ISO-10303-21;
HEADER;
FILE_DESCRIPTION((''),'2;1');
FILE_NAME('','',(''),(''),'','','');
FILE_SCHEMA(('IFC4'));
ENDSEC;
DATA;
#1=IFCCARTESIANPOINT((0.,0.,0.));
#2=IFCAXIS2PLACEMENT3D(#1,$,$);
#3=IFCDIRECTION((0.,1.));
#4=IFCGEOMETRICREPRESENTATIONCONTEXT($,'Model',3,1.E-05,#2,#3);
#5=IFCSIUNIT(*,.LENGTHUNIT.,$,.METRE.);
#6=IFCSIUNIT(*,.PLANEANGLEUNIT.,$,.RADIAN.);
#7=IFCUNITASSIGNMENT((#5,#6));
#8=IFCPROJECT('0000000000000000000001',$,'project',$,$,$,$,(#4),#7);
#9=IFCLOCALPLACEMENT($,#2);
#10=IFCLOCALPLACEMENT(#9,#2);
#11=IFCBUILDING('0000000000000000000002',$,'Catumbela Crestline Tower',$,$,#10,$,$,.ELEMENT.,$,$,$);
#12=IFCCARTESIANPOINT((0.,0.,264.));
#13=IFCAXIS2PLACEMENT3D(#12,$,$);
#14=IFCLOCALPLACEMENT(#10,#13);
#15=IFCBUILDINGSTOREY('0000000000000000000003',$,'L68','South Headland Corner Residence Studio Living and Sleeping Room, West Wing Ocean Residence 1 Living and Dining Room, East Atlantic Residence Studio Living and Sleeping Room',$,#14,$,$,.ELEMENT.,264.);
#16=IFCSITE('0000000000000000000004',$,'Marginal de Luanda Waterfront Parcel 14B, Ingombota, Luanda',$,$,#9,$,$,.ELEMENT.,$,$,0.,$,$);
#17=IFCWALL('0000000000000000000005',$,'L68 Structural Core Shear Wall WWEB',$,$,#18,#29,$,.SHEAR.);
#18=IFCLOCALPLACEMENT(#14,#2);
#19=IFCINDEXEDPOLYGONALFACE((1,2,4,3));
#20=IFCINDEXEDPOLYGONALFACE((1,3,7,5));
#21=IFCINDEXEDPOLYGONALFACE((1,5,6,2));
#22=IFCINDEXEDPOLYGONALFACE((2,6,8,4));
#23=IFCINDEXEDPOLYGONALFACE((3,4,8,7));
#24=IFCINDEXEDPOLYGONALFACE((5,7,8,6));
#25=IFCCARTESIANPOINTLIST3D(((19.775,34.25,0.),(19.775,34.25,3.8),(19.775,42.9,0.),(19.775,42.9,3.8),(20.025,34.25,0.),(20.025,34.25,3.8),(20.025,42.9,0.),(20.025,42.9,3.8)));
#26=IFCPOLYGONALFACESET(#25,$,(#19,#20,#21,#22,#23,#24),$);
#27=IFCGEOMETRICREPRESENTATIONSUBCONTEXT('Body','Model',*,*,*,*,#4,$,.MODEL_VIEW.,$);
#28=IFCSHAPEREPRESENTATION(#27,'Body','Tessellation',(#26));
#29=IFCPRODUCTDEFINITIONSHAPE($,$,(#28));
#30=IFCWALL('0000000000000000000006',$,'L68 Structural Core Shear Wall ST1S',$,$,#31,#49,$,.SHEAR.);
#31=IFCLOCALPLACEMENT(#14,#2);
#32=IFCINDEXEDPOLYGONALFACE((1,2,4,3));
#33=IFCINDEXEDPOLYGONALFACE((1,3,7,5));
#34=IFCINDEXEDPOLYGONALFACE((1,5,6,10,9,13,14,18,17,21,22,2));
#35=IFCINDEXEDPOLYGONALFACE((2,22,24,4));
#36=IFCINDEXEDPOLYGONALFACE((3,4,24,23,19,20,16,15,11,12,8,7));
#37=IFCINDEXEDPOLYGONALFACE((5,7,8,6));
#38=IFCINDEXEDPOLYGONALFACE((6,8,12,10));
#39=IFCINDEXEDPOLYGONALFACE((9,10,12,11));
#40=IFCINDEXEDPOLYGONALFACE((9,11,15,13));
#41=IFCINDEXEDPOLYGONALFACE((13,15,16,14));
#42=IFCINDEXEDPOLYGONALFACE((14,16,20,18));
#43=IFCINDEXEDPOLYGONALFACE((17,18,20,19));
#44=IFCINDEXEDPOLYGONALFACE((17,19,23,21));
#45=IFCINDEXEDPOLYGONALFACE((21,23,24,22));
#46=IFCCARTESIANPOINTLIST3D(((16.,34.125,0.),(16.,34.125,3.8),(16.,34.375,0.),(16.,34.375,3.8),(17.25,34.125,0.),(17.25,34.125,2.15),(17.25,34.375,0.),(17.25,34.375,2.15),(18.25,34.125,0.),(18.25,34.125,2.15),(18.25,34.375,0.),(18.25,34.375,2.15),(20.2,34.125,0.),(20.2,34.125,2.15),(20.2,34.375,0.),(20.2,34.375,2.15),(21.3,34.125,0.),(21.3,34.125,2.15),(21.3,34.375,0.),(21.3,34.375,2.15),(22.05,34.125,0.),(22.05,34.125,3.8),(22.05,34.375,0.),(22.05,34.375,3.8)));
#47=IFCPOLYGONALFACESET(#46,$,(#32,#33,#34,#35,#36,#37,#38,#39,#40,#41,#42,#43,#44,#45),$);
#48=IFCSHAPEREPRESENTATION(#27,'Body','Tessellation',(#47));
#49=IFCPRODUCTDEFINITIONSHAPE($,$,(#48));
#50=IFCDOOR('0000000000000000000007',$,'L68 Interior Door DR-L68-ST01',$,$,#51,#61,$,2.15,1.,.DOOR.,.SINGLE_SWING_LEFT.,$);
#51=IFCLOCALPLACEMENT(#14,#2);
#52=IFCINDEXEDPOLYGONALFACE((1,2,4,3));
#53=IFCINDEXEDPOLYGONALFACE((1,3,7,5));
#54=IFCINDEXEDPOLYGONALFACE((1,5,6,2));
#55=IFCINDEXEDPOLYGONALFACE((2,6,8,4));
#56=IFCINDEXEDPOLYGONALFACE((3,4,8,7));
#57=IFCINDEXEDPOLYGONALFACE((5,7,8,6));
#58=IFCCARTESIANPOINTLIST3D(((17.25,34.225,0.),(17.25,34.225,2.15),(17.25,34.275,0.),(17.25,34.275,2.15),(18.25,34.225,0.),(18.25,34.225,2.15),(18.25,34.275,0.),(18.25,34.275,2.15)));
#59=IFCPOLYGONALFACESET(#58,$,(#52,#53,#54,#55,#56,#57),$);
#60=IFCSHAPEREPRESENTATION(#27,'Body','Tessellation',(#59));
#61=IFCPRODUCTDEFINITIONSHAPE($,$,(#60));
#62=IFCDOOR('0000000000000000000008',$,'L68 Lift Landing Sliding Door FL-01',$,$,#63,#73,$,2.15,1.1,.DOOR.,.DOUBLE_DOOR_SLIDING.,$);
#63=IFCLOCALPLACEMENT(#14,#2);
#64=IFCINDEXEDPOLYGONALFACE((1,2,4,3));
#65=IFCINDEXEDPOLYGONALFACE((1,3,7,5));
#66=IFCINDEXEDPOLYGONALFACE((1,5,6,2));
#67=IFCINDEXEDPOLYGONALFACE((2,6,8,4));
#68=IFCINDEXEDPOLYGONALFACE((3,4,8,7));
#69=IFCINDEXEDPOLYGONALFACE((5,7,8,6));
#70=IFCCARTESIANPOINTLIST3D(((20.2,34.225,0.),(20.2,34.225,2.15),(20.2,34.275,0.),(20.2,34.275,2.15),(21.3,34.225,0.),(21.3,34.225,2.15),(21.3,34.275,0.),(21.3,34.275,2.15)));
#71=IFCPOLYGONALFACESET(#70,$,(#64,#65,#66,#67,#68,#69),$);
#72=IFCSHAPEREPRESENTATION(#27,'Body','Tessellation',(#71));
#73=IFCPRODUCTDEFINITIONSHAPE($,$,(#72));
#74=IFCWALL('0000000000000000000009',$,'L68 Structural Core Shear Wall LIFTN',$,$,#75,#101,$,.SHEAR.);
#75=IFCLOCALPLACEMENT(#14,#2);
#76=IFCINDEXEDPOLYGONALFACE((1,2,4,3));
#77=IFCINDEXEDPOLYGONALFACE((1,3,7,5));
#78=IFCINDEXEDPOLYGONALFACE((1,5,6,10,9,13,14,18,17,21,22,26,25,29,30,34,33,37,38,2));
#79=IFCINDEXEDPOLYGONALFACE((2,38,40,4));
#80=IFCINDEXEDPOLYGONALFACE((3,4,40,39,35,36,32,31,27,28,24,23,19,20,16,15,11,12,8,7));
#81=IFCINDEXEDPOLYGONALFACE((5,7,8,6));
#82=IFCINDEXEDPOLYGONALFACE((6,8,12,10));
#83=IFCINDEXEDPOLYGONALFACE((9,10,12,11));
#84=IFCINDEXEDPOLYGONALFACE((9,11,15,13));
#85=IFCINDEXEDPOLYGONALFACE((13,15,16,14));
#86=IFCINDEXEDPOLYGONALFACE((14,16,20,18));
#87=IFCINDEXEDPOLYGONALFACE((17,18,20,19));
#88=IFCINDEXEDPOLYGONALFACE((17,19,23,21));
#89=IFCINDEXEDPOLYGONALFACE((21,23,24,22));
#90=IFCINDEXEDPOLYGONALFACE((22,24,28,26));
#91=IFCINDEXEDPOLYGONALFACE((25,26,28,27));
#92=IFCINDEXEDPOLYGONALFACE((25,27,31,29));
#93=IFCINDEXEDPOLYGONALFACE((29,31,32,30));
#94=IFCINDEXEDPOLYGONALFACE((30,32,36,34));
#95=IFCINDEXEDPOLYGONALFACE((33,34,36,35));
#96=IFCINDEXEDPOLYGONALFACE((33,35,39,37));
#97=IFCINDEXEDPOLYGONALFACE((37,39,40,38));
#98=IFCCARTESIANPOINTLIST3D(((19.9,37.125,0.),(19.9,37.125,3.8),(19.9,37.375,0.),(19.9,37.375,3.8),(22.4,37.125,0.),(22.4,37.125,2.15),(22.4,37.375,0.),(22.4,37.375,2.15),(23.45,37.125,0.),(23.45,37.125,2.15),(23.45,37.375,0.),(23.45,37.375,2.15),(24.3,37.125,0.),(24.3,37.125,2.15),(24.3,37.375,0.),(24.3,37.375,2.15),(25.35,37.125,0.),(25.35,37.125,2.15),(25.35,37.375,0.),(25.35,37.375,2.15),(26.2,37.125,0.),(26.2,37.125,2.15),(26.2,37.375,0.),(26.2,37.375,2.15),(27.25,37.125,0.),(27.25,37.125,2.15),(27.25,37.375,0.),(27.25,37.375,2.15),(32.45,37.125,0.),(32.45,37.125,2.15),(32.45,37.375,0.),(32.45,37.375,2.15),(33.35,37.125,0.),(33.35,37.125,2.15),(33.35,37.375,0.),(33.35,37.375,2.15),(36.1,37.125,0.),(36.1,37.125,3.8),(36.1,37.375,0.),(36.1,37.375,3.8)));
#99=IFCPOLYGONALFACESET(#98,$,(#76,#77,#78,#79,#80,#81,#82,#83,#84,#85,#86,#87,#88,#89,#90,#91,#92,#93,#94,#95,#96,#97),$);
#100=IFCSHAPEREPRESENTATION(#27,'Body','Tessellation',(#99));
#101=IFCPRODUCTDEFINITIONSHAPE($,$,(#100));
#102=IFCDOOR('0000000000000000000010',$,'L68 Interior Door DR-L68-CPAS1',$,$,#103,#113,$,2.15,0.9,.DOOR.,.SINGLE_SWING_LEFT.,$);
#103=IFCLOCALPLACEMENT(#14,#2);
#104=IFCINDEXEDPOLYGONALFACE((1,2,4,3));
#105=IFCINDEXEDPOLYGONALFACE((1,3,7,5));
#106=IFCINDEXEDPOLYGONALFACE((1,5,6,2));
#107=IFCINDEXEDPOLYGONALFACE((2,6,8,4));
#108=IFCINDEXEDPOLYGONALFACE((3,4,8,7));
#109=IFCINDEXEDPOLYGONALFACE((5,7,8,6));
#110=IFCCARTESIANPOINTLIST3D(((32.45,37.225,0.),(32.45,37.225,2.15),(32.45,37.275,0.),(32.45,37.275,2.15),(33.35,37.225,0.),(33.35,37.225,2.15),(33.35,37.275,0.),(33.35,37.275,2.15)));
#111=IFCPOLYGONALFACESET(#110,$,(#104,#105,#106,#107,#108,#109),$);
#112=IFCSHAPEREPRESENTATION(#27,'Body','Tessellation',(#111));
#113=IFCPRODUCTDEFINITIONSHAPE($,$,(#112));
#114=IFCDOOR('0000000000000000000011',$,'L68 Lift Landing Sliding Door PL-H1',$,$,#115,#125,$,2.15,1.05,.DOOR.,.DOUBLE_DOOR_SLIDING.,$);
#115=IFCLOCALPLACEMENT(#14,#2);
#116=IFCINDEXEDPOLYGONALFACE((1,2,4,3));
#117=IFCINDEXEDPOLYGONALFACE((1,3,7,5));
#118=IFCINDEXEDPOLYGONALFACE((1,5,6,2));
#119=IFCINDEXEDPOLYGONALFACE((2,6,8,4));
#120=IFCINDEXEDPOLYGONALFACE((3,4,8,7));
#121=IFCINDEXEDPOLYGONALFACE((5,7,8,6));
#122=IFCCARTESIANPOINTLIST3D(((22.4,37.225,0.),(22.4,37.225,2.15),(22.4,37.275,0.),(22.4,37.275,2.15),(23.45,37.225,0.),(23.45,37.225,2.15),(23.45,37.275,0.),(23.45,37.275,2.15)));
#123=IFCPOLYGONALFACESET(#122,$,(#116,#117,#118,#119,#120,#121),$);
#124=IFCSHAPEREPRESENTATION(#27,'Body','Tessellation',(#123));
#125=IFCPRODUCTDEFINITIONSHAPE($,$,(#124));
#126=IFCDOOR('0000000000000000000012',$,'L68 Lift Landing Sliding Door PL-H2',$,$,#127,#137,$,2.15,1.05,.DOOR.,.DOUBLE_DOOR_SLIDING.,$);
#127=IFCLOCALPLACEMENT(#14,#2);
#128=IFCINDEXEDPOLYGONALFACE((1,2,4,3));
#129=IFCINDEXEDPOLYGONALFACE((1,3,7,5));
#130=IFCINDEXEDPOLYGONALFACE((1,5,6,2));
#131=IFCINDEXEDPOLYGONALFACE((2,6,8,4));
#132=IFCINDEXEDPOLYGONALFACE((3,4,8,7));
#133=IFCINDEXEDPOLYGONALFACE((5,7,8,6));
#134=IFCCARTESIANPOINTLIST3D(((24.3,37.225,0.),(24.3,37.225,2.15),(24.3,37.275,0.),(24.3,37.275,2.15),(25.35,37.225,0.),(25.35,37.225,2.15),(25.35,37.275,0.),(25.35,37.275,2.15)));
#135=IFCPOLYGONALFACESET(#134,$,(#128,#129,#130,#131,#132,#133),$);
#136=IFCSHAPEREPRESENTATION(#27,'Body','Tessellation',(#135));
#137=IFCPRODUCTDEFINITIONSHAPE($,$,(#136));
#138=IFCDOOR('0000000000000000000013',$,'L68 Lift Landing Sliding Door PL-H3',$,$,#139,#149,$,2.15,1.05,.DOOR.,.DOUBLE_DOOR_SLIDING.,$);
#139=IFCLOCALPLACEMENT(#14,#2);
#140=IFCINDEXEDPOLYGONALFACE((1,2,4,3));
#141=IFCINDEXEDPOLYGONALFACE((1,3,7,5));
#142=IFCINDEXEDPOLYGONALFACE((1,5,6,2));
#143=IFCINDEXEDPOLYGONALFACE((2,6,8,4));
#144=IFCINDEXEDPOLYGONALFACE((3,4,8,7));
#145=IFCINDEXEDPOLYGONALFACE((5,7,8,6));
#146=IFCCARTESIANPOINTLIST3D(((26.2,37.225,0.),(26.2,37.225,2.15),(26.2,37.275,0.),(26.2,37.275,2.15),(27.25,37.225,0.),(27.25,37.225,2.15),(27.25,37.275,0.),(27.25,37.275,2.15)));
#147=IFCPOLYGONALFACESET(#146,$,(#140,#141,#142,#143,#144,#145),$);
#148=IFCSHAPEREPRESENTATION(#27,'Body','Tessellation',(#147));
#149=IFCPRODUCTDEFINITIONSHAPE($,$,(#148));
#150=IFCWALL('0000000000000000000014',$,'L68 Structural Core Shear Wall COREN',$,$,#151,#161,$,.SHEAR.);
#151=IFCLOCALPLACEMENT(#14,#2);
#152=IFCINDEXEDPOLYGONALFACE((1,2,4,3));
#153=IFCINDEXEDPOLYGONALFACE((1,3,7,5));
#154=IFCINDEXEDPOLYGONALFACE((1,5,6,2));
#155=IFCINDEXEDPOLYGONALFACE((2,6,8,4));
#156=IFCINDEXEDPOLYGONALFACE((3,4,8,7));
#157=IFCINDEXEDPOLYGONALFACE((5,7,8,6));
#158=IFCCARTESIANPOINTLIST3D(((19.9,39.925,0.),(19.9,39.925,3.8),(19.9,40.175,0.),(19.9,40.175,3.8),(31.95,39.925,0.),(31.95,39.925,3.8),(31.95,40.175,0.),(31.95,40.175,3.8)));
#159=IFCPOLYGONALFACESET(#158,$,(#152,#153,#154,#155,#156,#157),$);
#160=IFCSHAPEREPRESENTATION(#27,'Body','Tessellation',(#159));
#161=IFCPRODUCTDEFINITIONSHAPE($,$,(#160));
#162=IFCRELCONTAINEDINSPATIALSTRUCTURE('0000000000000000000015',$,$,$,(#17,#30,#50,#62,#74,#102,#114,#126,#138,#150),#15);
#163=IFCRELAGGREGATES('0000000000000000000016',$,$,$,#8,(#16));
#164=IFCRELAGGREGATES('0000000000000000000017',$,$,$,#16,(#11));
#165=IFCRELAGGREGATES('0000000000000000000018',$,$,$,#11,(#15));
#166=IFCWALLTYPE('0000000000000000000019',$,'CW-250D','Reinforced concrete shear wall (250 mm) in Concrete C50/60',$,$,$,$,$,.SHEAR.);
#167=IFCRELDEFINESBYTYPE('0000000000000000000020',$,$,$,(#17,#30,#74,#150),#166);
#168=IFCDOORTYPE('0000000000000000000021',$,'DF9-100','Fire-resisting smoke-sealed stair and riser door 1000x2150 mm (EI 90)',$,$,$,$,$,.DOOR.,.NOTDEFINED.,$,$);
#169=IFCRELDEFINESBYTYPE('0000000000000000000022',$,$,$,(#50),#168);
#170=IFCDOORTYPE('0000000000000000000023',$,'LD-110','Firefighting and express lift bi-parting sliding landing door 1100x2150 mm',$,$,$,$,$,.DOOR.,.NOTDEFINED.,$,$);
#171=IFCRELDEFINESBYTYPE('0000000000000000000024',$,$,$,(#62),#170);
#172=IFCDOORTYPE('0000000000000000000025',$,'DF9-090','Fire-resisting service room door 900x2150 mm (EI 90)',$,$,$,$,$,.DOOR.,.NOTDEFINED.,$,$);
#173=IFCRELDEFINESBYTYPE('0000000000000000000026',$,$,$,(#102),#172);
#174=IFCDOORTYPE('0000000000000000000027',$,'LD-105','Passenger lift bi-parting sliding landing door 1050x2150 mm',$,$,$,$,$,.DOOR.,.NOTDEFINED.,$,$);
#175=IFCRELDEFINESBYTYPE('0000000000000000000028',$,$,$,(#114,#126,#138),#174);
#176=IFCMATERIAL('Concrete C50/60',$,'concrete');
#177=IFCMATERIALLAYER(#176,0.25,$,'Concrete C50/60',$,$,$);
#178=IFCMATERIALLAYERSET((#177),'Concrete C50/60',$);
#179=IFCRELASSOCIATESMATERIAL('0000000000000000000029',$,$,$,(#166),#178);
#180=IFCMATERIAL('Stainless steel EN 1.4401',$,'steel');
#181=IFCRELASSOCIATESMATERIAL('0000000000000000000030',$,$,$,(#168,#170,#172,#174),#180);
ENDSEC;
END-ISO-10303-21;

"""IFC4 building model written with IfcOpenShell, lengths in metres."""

from ifc_helpers import new_model, si_unit, direction, frame, frame_2d, origin, place, context, subcontext, project, spatial, rectangle, extrude, material, layer, layer_set, type_object, element, fill, save


model = new_model("IFC4")

# Units and contexts
model_context = context("Model", 3, precision=1e-05, world=origin(), true_north=direction((0.0, 1.0)))
body_context = subcontext(model_context, "Body", "Model", "MODEL_VIEW")
ifc_project = project(units=[si_unit("LENGTHUNIT", "METRE"), si_unit("PLANEANGLEUNIT", "RADIAN")], contexts=[model_context])

# Site, building, storey
site_placement = place(None, origin())
site = spatial("IfcSite", under=ifc_project, at=site_placement, Name="Marginal de Luanda Waterfront Parcel 14B, Ingombota, Luanda", CompositionType="ELEMENT", RefElevation=0.0)
building_placement = place(site_placement, origin())
building = spatial("IfcBuilding", under=site, at=building_placement, Name="Catumbela Crestline Tower", CompositionType="ELEMENT")
storey_placement = place(building_placement, frame((0.0, 0.0, 264.0)))
storey = spatial("IfcBuildingStorey", under=building, at=storey_placement, Name="L68", Description="South Headland Corner Residence Studio Living and Sleeping Room, West Wing Ocean Residence 1 Living and Dining Room, East Atlantic Residence Studio Living and Sleeping Room", CompositionType="ELEMENT", Elevation=264.0)

# Wall
ifc_material_1 = material(Name="Concrete C50/60", Category="concrete")
ifc_layer_1 = layer(ifc_material_1, 0.25, Name="Concrete C50/60")
ifc_layer_set_1 = layer_set([ifc_layer_1], Name="Concrete C50/60")
wall_type_1 = type_object("IfcWallType", Name="CW-250D", Description="Reinforced concrete shear wall (250 mm) in Concrete C50/60", PredefinedType="SHEAR", material=ifc_layer_set_1)
wall_1_placement = place(storey_placement, frame((19.9, 34.25, 0.0), z_axis=(0.0, 0.0, 1.0), x_axis=(0.0, 1.0, 0.0)))
element("IfcWall", 1, at=wall_1_placement, inside=storey, type_object=wall_type_1, Name="L68 Structural Core Shear Wall WWEB", PredefinedType="SHEAR", context=body_context, shape_type="SweptSolid", body=[
    extrude(rectangle(XDim=8.65, YDim=0.25, at=frame_2d((4.325, 0.0))), origin(), (0.0, 0.0, 1.0), 3.8),
])

# Walls, openings, doors
wall_2_placement = place(storey_placement, frame((16.0, 34.25, 0.0), z_axis=(0.0, 0.0, 1.0), x_axis=(1.0, 0.0, 0.0)))
wall_2 = element("IfcWall", 2, at=wall_2_placement, inside=storey, type_object=wall_type_1, Name="L68 Structural Core Shear Wall ST1S", PredefinedType="SHEAR", context=body_context, shape_type="SweptSolid", body=[
    extrude(rectangle(XDim=6.05, YDim=0.25, at=frame_2d((3.025, 0.0))), origin(), (0.0, 0.0, 1.0), 3.8),
])
opening_1_placement = place(wall_2_placement, frame((1.25, 0.0, 0.0)))
opening_1 = element("IfcOpeningElement", 3, at=opening_1_placement, cuts=wall_2, PredefinedType="OPENING", context=body_context, shape_type="SweptSolid", body=[
    extrude(rectangle(XDim=1.0, YDim=2.15, at=frame_2d((0.5, 1.075))), frame((0.0, 0.135, 0.0), z_axis=(0.0, -1.0, 0.0), x_axis=(1.0, 0.0, 0.0)), (0.0, 0.0, 1.0), 0.27),
])
opening_2_placement = place(wall_2_placement, frame((4.2, 0.0, 0.0)))
opening_2 = element("IfcOpeningElement", 4, at=opening_2_placement, cuts=wall_2, PredefinedType="OPENING", context=body_context, shape_type="SweptSolid", body=[
    extrude(rectangle(XDim=1.1, YDim=2.15, at=frame_2d((0.55, 1.075))), frame((0.0, 0.135, 0.0), z_axis=(0.0, -1.0, 0.0), x_axis=(1.0, 0.0, 0.0)), (0.0, 0.0, 1.0), 0.27),
])
ifc_material_2 = material(Name="Stainless steel EN 1.4401", Category="steel")
door_type_1 = type_object("IfcDoorType", Name="DF9-100", Description="Fire-resisting smoke-sealed stair and riser door 1000x2150 mm (EI 90)", OperationType="NOTDEFINED", PredefinedType="DOOR", material=ifc_material_2)
door_1_placement = place(opening_1_placement, origin())
door_1 = element("IfcDoor", 5, at=door_1_placement, inside=storey, type_object=door_type_1, Name="L68 Interior Door DR-L68-ST01", OperationType="SINGLE_SWING_LEFT", OverallHeight=2.15, OverallWidth=1.0, PredefinedType="DOOR", context=body_context, shape_type="SweptSolid", body=[
    extrude(rectangle(XDim=1.0, YDim=2.15, at=frame_2d((0.5, 1.075))), frame((0.0, 0.025, 0.0), z_axis=(0.0, -1.0, 0.0), x_axis=(1.0, 0.0, 0.0)), (0.0, 0.0, 1.0), 0.05),
])
fill(opening_1, door_1)
door_type_2 = type_object("IfcDoorType", Name="LD-110", Description="Firefighting and express lift bi-parting sliding landing door 1100x2150 mm", OperationType="NOTDEFINED", PredefinedType="DOOR", material=ifc_material_2)
door_2_placement = place(opening_2_placement, origin())
door_2 = element("IfcDoor", 6, at=door_2_placement, inside=storey, type_object=door_type_2, Name="L68 Lift Landing Sliding Door FL-01", OperationType="DOUBLE_DOOR_SLIDING", OverallHeight=2.15, OverallWidth=1.1, PredefinedType="DOOR", context=body_context, shape_type="SweptSolid", body=[
    extrude(rectangle(XDim=1.1, YDim=2.15, at=frame_2d((0.55, 1.075))), frame((0.0, 0.025, 0.0), z_axis=(0.0, -1.0, 0.0), x_axis=(1.0, 0.0, 0.0)), (0.0, 0.0, 1.0), 0.05),
])
fill(opening_2, door_2)
wall_3_placement = place(storey_placement, frame((19.9, 37.25, 0.0), z_axis=(0.0, 0.0, 1.0), x_axis=(1.0, 0.0, 0.0)))
wall_3 = element("IfcWall", 7, at=wall_3_placement, inside=storey, type_object=wall_type_1, Name="L68 Structural Core Shear Wall LIFTN", PredefinedType="SHEAR", context=body_context, shape_type="SweptSolid", body=[
    extrude(rectangle(XDim=16.2, YDim=0.25, at=frame_2d((8.1, 0.0))), origin(), (0.0, 0.0, 1.0), 3.8),
])
opening_3_placement = place(wall_3_placement, frame((12.55, 0.0, 0.0)))
opening_3 = element("IfcOpeningElement", 8, at=opening_3_placement, cuts=wall_3, PredefinedType="OPENING", context=body_context, shape_type="SweptSolid", body=[
    extrude(rectangle(XDim=0.9, YDim=2.15, at=frame_2d((0.45, 1.075))), frame((0.0, 0.135, 0.0), z_axis=(0.0, -1.0, 0.0), x_axis=(1.0, 0.0, 0.0)), (0.0, 0.0, 1.0), 0.27),
])
opening_4_placement = place(wall_3_placement, frame((2.5, 0.0, 0.0)))
opening_4 = element("IfcOpeningElement", 9, at=opening_4_placement, cuts=wall_3, PredefinedType="OPENING", context=body_context, shape_type="SweptSolid", body=[
    extrude(rectangle(XDim=1.05, YDim=2.15, at=frame_2d((0.525, 1.075))), frame((0.0, 0.135, 0.0), z_axis=(0.0, -1.0, 0.0), x_axis=(1.0, 0.0, 0.0)), (0.0, 0.0, 1.0), 0.27),
])
opening_5_placement = place(wall_3_placement, frame((4.4, 0.0, 0.0)))
opening_5 = element("IfcOpeningElement", 10, at=opening_5_placement, cuts=wall_3, PredefinedType="OPENING", context=body_context, shape_type="SweptSolid", body=[
    extrude(rectangle(XDim=1.05, YDim=2.15, at=frame_2d((0.525, 1.075))), frame((0.0, 0.135, 0.0), z_axis=(0.0, -1.0, 0.0), x_axis=(1.0, 0.0, 0.0)), (0.0, 0.0, 1.0), 0.27),
])
opening_6_placement = place(wall_3_placement, frame((6.3, 0.0, 0.0)))
opening_6 = element("IfcOpeningElement", 11, at=opening_6_placement, cuts=wall_3, PredefinedType="OPENING", context=body_context, shape_type="SweptSolid", body=[
    extrude(rectangle(XDim=1.05, YDim=2.15, at=frame_2d((0.525, 1.075))), frame((0.0, 0.135, 0.0), z_axis=(0.0, -1.0, 0.0), x_axis=(1.0, 0.0, 0.0)), (0.0, 0.0, 1.0), 0.27),
])
door_type_3 = type_object("IfcDoorType", Name="DF9-090", Description="Fire-resisting service room door 900x2150 mm (EI 90)", OperationType="NOTDEFINED", PredefinedType="DOOR", material=ifc_material_2)
door_3_placement = place(opening_3_placement, origin())
door_3 = element("IfcDoor", 12, at=door_3_placement, inside=storey, type_object=door_type_3, Name="L68 Interior Door DR-L68-CPAS1", OperationType="SINGLE_SWING_LEFT", OverallHeight=2.15, OverallWidth=0.9, PredefinedType="DOOR", context=body_context, shape_type="SweptSolid", body=[
    extrude(rectangle(XDim=0.9, YDim=2.15, at=frame_2d((0.45, 1.075))), frame((0.0, 0.025, 0.0), z_axis=(0.0, -1.0, 0.0), x_axis=(1.0, 0.0, 0.0)), (0.0, 0.0, 1.0), 0.05),
])
fill(opening_3, door_3)
door_type_4 = type_object("IfcDoorType", Name="LD-105", Description="Passenger lift bi-parting sliding landing door 1050x2150 mm", OperationType="NOTDEFINED", PredefinedType="DOOR", material=ifc_material_2)
door_4_placement = place(opening_4_placement, origin())
door_4 = element("IfcDoor", 13, at=door_4_placement, inside=storey, type_object=door_type_4, Name="L68 Lift Landing Sliding Door PL-H1", OperationType="DOUBLE_DOOR_SLIDING", OverallHeight=2.15, OverallWidth=1.05, PredefinedType="DOOR", context=body_context, shape_type="SweptSolid", body=[
    extrude(rectangle(XDim=1.05, YDim=2.15, at=frame_2d((0.525, 1.075))), frame((0.0, 0.025, 0.0), z_axis=(0.0, -1.0, 0.0), x_axis=(1.0, 0.0, 0.0)), (0.0, 0.0, 1.0), 0.05),
])
fill(opening_4, door_4)
door_5_placement = place(opening_5_placement, origin())
door_5 = element("IfcDoor", 14, at=door_5_placement, inside=storey, type_object=door_type_4, Name="L68 Lift Landing Sliding Door PL-H2", OperationType="DOUBLE_DOOR_SLIDING", OverallHeight=2.15, OverallWidth=1.05, PredefinedType="DOOR", context=body_context, shape_type="SweptSolid", body=[
    extrude(rectangle(XDim=1.05, YDim=2.15, at=frame_2d((0.525, 1.075))), frame((0.0, 0.025, 0.0), z_axis=(0.0, -1.0, 0.0), x_axis=(1.0, 0.0, 0.0)), (0.0, 0.0, 1.0), 0.05),
])
fill(opening_5, door_5)
door_6_placement = place(opening_6_placement, origin())
door_6 = element("IfcDoor", 15, at=door_6_placement, inside=storey, type_object=door_type_4, Name="L68 Lift Landing Sliding Door PL-H3", OperationType="DOUBLE_DOOR_SLIDING", OverallHeight=2.15, OverallWidth=1.05, PredefinedType="DOOR", context=body_context, shape_type="SweptSolid", body=[
    extrude(rectangle(XDim=1.05, YDim=2.15, at=frame_2d((0.525, 1.075))), frame((0.0, 0.025, 0.0), z_axis=(0.0, -1.0, 0.0), x_axis=(1.0, 0.0, 0.0)), (0.0, 0.0, 1.0), 0.05),
])
fill(opening_6, door_6)

# Wall
wall_4_placement = place(storey_placement, frame((19.9, 40.05, 0.0), z_axis=(0.0, 0.0, 1.0), x_axis=(1.0, 0.0, 0.0)))
element("IfcWall", 16, at=wall_4_placement, inside=storey, type_object=wall_type_1, Name="L68 Structural Core Shear Wall COREN", PredefinedType="SHEAR", context=body_context, shape_type="SweptSolid", body=[
    extrude(rectangle(XDim=12.05, YDim=0.25, at=frame_2d((6.025, 0.0))), origin(), (0.0, 0.0, 1.0), 3.8),
])

save(model, "model.ifc")
